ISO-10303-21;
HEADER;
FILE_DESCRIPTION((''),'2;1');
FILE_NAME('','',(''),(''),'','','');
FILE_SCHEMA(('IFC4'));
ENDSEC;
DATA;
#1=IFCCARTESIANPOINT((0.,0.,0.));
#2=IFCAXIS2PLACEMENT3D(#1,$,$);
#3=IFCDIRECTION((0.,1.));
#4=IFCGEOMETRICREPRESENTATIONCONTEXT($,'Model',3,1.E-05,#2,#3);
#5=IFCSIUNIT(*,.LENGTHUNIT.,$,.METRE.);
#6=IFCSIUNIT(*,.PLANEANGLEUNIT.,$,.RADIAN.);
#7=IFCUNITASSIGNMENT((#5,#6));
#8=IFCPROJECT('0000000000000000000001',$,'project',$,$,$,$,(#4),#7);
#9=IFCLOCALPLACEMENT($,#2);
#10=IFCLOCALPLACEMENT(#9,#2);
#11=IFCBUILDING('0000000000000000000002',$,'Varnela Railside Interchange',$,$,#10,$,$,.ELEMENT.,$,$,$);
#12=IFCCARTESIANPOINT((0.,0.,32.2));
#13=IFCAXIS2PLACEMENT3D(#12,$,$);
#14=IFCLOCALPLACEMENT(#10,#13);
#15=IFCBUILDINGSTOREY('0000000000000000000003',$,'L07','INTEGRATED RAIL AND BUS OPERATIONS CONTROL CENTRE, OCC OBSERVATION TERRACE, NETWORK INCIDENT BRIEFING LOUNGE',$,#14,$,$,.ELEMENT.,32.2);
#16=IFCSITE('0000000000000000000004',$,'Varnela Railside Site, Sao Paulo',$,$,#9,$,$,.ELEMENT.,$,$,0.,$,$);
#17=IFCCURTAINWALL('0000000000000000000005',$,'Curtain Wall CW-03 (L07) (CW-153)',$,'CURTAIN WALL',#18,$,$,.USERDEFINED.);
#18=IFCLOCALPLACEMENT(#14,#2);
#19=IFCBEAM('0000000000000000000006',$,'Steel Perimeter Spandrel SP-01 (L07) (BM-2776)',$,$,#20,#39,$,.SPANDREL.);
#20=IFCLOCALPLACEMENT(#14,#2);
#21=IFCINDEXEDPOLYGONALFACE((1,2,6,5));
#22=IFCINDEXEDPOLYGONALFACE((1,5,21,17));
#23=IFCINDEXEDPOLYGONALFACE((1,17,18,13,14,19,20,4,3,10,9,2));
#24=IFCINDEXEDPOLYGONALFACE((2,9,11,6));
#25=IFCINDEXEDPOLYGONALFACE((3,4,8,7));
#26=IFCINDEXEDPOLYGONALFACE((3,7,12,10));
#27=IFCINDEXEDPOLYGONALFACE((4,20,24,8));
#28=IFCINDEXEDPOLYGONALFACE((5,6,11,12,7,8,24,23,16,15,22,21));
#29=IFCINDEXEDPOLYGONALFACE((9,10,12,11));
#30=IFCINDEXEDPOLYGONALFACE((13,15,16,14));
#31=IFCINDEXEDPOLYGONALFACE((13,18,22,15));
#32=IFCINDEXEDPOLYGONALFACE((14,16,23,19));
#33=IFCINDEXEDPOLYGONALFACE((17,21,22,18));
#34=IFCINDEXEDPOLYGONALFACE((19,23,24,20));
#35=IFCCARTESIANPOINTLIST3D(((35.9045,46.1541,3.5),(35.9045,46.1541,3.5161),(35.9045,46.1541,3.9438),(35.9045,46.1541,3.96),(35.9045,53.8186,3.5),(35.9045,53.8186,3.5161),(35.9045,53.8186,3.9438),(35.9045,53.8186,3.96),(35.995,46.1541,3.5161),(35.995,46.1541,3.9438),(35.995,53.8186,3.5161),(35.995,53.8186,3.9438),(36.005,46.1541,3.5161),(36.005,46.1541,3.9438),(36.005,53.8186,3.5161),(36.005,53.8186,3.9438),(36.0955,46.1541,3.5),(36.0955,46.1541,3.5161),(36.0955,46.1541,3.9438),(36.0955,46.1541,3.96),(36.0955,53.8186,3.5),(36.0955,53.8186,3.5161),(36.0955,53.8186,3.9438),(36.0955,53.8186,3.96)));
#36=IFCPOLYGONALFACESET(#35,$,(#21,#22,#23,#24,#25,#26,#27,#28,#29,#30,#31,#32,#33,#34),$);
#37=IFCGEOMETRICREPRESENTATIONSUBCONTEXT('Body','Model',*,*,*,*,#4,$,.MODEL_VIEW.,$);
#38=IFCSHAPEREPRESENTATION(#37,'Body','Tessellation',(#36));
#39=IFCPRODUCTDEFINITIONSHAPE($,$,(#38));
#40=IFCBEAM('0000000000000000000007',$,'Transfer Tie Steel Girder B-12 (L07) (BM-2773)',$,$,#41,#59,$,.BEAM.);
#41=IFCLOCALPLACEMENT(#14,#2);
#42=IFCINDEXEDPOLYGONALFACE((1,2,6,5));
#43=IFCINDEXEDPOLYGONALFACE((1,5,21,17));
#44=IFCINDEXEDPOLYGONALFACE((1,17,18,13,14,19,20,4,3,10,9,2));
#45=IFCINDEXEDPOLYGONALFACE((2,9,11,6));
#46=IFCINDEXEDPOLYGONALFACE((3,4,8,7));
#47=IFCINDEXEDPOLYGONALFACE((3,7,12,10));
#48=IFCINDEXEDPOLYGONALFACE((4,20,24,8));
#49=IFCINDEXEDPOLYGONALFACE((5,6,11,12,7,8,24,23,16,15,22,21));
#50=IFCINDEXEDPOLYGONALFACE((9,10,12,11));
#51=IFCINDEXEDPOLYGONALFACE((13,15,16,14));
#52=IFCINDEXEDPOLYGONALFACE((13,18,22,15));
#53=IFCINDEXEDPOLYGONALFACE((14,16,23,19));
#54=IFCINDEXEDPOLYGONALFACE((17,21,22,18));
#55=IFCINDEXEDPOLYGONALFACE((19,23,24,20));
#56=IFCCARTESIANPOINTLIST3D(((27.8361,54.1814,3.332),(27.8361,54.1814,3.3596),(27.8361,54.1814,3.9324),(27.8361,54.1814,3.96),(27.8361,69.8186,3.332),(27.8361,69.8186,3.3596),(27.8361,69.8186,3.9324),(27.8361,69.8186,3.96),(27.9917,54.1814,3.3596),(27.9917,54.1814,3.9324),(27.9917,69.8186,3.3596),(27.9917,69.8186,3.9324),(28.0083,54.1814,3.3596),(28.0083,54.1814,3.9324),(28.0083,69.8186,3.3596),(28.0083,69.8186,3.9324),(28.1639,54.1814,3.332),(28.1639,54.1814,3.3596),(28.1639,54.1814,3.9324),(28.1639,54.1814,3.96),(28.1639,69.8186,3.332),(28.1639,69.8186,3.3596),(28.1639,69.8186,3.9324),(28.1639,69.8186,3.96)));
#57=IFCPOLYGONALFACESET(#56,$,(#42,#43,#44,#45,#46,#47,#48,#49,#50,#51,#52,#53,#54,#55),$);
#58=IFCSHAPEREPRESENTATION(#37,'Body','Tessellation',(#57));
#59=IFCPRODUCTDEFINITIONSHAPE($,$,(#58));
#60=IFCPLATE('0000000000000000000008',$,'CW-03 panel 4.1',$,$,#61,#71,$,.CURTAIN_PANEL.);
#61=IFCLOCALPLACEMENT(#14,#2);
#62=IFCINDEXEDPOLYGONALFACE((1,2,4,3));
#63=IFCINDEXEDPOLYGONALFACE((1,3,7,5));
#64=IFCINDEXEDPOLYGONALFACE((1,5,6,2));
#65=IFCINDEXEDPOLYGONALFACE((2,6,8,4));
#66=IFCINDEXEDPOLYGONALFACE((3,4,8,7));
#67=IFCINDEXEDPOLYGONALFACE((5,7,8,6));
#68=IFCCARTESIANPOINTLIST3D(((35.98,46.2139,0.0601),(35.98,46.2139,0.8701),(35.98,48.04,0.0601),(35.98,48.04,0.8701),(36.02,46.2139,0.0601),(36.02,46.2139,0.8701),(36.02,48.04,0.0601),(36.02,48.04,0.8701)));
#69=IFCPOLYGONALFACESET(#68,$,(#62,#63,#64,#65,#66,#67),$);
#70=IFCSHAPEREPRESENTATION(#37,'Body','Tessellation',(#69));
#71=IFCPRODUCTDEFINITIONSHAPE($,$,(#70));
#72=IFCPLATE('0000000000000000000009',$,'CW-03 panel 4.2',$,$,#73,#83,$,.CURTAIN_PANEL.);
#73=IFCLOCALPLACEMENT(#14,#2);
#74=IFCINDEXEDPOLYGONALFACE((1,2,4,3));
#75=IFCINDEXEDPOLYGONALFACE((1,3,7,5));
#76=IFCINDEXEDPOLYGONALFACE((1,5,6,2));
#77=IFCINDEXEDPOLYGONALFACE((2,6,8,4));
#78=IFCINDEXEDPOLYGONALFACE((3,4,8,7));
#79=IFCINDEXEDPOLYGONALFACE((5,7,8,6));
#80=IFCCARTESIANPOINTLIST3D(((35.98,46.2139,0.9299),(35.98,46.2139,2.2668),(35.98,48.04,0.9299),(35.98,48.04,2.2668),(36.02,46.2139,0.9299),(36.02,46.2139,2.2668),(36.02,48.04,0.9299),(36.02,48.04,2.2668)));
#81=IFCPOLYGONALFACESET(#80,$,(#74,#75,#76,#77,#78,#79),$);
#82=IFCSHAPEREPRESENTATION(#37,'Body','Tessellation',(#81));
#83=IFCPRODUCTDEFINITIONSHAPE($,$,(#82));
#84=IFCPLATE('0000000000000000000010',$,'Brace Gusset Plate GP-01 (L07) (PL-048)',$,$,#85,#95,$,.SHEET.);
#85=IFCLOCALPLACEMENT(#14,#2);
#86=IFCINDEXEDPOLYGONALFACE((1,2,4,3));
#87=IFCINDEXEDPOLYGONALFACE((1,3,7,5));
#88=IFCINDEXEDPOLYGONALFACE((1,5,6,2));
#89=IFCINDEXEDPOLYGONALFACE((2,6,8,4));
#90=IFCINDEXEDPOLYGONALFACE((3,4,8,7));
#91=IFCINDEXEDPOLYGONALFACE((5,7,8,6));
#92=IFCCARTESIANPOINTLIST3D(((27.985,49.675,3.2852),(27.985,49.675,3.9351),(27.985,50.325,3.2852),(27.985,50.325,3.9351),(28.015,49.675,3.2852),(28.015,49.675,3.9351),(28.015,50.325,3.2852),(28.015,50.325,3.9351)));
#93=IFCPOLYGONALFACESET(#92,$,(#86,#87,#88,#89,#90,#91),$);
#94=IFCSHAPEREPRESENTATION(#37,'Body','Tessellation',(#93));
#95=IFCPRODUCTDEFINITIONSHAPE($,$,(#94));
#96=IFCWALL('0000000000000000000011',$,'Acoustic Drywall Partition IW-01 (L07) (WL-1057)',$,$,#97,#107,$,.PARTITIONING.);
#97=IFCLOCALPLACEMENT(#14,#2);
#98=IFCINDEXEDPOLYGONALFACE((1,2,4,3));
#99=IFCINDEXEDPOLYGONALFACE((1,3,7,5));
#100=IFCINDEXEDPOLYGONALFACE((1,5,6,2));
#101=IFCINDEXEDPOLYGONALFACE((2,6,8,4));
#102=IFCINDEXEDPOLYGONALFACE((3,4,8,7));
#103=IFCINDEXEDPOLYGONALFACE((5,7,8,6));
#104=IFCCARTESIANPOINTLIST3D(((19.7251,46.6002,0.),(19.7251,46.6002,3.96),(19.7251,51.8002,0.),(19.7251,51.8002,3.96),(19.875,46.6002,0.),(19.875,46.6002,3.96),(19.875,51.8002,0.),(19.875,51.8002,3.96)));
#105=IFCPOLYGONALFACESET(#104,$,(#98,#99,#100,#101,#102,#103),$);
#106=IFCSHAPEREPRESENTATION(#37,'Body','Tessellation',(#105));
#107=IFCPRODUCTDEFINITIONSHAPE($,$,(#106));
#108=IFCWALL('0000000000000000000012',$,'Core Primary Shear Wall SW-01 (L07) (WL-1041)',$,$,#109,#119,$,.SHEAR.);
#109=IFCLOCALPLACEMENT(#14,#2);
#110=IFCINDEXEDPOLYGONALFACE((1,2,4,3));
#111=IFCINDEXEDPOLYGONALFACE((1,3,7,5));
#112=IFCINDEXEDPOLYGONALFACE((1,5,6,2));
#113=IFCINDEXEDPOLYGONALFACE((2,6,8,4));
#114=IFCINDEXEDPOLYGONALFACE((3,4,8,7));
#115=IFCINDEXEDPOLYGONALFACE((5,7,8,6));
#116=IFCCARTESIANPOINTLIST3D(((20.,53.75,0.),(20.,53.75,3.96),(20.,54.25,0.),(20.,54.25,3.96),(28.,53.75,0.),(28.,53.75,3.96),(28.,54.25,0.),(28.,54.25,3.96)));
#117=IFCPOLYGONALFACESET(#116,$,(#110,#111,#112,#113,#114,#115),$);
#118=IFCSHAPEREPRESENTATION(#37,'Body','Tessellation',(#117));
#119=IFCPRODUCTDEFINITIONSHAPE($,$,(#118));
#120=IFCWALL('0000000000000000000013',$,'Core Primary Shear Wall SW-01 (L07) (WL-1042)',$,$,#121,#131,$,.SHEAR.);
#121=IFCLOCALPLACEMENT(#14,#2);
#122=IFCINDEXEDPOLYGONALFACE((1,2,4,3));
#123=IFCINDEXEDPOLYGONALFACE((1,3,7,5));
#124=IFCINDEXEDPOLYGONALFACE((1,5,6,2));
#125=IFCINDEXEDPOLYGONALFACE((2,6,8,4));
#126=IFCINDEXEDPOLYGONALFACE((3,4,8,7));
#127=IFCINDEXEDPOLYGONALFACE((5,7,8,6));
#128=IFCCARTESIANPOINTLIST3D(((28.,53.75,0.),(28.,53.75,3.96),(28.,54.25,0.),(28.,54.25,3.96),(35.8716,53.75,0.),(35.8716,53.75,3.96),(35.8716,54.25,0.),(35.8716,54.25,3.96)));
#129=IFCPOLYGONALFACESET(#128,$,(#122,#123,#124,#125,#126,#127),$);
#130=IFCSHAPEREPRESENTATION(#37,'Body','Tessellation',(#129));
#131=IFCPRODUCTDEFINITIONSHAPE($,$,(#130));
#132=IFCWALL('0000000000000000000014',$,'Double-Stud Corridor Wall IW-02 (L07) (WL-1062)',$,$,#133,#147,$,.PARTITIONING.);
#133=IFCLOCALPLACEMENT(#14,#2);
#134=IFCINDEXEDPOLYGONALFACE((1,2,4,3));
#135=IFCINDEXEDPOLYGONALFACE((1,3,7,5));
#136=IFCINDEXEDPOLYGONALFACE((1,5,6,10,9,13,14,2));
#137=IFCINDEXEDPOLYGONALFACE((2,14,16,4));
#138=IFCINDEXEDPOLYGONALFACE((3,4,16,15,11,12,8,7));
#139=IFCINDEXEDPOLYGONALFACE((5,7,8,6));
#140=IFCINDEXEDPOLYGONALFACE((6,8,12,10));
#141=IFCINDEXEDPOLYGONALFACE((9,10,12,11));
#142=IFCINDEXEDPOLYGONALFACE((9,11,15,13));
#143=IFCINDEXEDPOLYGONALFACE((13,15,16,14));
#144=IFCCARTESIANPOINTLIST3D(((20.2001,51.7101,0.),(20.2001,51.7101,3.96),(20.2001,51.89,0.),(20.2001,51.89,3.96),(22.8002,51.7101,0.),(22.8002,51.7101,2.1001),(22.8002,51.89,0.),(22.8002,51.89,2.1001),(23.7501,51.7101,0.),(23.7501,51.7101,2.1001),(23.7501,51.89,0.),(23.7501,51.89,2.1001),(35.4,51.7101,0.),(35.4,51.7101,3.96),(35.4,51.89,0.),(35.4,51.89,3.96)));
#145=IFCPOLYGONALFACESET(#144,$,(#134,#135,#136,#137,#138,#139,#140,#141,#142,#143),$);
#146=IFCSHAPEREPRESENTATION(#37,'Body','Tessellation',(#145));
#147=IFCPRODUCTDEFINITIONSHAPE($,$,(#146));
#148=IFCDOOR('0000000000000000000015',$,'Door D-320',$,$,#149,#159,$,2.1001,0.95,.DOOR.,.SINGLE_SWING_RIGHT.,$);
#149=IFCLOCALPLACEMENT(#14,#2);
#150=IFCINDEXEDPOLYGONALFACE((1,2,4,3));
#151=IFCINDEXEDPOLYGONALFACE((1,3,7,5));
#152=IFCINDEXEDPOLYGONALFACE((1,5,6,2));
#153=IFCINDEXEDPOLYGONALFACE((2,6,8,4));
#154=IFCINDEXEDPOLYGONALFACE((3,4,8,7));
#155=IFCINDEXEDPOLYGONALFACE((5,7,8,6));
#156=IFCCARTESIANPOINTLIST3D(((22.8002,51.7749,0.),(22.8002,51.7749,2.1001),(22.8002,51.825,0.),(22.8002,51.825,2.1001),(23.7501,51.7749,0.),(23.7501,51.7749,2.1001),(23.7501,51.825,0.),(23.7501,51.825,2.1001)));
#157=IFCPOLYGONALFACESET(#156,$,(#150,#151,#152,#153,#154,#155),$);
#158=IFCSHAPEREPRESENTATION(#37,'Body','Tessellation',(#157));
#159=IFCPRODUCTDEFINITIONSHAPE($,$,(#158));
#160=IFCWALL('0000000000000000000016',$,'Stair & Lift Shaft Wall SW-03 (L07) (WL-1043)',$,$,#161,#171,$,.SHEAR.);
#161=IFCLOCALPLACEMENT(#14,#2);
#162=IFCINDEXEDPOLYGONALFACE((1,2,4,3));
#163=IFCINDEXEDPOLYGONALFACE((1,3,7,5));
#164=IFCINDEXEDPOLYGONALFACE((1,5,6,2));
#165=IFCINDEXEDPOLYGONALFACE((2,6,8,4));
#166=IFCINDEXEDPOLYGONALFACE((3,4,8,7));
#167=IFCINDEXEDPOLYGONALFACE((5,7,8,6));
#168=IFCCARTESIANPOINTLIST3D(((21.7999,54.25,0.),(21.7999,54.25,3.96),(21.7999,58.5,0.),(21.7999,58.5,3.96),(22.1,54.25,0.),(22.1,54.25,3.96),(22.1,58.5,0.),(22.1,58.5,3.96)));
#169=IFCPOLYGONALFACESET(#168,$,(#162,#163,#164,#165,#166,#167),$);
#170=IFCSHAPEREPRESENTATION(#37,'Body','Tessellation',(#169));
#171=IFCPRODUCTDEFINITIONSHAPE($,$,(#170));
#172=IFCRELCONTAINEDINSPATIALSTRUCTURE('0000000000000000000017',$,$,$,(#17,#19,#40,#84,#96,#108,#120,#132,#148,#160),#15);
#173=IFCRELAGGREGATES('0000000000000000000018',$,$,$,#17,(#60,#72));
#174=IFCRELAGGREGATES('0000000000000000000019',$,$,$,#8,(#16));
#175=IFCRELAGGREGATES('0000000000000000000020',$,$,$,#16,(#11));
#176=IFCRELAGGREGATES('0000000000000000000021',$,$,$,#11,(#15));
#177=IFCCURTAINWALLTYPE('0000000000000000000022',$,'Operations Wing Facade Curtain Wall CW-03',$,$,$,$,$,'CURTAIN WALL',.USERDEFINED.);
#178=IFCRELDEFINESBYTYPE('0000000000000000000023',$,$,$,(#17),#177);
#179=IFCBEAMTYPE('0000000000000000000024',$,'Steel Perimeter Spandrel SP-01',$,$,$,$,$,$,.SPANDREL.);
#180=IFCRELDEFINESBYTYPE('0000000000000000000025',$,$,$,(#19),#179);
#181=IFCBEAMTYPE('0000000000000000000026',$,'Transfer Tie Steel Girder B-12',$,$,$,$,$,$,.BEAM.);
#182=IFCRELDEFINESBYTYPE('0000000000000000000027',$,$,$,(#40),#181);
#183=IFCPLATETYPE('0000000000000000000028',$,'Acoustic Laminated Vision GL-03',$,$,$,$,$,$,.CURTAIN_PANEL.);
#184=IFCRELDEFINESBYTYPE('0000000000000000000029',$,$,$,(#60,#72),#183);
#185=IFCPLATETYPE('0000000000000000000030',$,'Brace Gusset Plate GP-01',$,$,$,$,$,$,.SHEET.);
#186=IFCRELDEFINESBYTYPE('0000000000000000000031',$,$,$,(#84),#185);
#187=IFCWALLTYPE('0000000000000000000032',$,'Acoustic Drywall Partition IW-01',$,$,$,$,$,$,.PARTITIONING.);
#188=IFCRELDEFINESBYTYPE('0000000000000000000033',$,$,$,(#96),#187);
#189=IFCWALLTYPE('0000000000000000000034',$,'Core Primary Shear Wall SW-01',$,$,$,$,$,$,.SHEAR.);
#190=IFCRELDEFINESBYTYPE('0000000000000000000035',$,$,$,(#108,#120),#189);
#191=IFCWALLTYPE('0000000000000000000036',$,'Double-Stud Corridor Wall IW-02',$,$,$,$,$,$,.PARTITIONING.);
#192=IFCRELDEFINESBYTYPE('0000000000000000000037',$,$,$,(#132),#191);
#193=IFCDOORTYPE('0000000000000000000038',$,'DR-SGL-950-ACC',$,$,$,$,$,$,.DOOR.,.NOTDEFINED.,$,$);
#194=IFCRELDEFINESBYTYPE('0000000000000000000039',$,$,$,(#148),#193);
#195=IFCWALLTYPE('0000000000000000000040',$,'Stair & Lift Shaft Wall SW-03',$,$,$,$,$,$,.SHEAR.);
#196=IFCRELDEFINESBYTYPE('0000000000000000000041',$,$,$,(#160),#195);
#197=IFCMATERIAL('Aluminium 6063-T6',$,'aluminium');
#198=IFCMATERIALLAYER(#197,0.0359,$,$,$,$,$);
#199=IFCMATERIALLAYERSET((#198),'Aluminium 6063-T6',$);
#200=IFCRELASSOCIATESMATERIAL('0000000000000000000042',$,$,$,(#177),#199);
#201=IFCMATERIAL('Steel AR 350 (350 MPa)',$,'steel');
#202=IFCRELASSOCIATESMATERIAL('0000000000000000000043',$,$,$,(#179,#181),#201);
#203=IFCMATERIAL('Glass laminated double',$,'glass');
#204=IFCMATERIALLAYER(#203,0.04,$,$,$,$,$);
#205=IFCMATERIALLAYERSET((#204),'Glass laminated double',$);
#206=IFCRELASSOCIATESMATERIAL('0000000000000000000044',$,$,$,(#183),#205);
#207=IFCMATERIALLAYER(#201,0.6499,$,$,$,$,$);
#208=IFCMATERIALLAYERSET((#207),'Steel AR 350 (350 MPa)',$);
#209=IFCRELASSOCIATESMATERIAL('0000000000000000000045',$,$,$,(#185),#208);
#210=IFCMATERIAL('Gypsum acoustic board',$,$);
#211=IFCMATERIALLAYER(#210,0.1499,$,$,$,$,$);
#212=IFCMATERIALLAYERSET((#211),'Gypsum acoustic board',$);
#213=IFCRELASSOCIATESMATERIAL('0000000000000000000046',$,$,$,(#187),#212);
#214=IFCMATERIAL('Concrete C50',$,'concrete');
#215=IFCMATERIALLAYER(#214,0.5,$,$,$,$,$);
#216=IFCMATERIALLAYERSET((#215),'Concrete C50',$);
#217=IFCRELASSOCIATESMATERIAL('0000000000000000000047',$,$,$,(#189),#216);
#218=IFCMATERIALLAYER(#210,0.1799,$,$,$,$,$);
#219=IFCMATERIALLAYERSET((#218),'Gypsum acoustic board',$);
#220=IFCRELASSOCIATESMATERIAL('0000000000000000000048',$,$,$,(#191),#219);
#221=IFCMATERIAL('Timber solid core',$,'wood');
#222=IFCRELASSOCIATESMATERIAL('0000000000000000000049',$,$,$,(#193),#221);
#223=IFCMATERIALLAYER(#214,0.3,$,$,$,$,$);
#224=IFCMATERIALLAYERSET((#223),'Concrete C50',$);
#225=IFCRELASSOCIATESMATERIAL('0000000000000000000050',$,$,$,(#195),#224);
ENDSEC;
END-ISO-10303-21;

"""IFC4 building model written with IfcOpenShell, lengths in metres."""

from ifc_helpers import new_model, si_unit, direction, frame, frame_2d, origin, origin_2d, place, context, subcontext, project, spatial, rectangle, i_section, extrude, material, layer, layer_set, material_profile, profile_set, type_object, element, fill, aggregate, save


model = new_model("IFC4")

# Units and contexts
model_context = context("Model", 3, precision=1e-05, world=origin(), true_north=direction((0.0, 1.0)))
body_context = subcontext(model_context, "Body", "Model", "MODEL_VIEW")
ifc_project = project(units=[si_unit("LENGTHUNIT", "METRE"), si_unit("PLANEANGLEUNIT", "RADIAN")], contexts=[model_context])

# Site, building, storey
site_placement = place(None, origin())
site = spatial("IfcSite", under=ifc_project, at=site_placement, Name="Varnela Railside Site, Sao Paulo", CompositionType="ELEMENT", RefElevation=0.0)
building_placement = place(site_placement, origin())
building = spatial("IfcBuilding", under=site, at=building_placement, Name="Varnela Railside Interchange", CompositionType="ELEMENT")
storey_placement = place(building_placement, frame((0.0, 0.0, 32.2)))
storey = spatial("IfcBuildingStorey", under=building, at=storey_placement, Name="L07", Description="INTEGRATED RAIL AND BUS OPERATIONS CONTROL CENTRE, OCC OBSERVATION TERRACE, NETWORK INCIDENT BRIEFING LOUNGE", CompositionType="ELEMENT", Elevation=32.2)

# Shared definitions
ifc_material_1 = material(Name="Steel AR 350 (350 MPa)", Category="steel")

# Curtain wall
ifc_material_2 = material(Name="Aluminium 6063-T6", Category="aluminium")
ifc_layer_1 = layer(ifc_material_2, 0.0359)
ifc_layer_set_1 = layer_set([ifc_layer_1], Name="Aluminium 6063-T6")
curtain_wall_type = type_object("IfcCurtainWallType", Name="Operations Wing Facade Curtain Wall CW-03", ElementType="CURTAIN WALL", PredefinedType="USERDEFINED", material=ifc_layer_set_1)
curtain_wall_placement = place(storey_placement, origin())
curtain_wall = element("IfcCurtainWall", 1, at=curtain_wall_placement, inside=storey, type_object=curtain_wall_type, Name="Curtain Wall CW-03 (L07) (CW-153)", ObjectType="CURTAIN WALL", PredefinedType="USERDEFINED")

# Beams
ifc_material_profile_1 = material_profile(ifc_material_1, i_section(OverallWidth=0.1909, OverallDepth=0.46, WebThickness=0.01, FlangeThickness=0.0161, at=origin_2d()), Name="W460x82")
ifc_profile_set_1 = profile_set([ifc_material_profile_1], Name="Steel AR 350 (350 MPa)")
beam_type_1 = type_object("IfcBeamType", Name="Steel Perimeter Spandrel SP-01", PredefinedType="SPANDREL", material=ifc_profile_set_1)
for number, where, z_axis, x_axis, name in (
    (2, (36.0, 46.1541, 3.73), (0.0, 1.0, 0.0), (-1.0, 0.0, 0.0), "Steel Perimeter Spandrel SP-01 (L07) (BM-2776)"),
):
    element("IfcBeam", number, at=place(storey_placement, frame(where, z_axis=z_axis, x_axis=x_axis)), inside=storey, type_object=beam_type_1, Name=name, PredefinedType="SPANDREL", context=body_context, shape_type="SweptSolid", body=[
        extrude(i_section(OverallWidth=0.1909, OverallDepth=0.46, WebThickness=0.01, FlangeThickness=0.0161, at=origin_2d()), origin(), (0.0, 0.0, 1.0), 7.6646),
    ])
ifc_material_profile_2 = material_profile(ifc_material_1, i_section(OverallWidth=0.3279, OverallDepth=0.6279, WebThickness=0.0166, FlangeThickness=0.0276, at=origin_2d()), Name="W610x217")
ifc_profile_set_2 = profile_set([ifc_material_profile_2], Name="Steel AR 350 (350 MPa)")
beam_type_2 = type_object("IfcBeamType", Name="Transfer Tie Steel Girder B-12", PredefinedType="BEAM", material=ifc_profile_set_2)
beam_1_placement = place(storey_placement, frame((28.0, 54.1814, 3.646), z_axis=(0.0, 1.0, 0.0), x_axis=(-1.0, 0.0, 0.0)))
element("IfcBeam", 3, at=beam_1_placement, inside=storey, type_object=beam_type_2, Name="Transfer Tie Steel Girder B-12 (L07) (BM-2773)", PredefinedType="BEAM", context=body_context, shape_type="SweptSolid", body=[
    extrude(i_section(OverallWidth=0.3279, OverallDepth=0.6279, WebThickness=0.0166, FlangeThickness=0.0276, at=origin_2d()), origin(), (0.0, 0.0, 1.0), 15.6372),
])

# Plates
ifc_material_3 = material(Name="Glass laminated double", Category="glass")
ifc_layer_2 = layer(ifc_material_3, 0.04)
ifc_layer_set_2 = layer_set([ifc_layer_2], Name="Glass laminated double")
plate_type_1 = type_object("IfcPlateType", Name="Acoustic Laminated Vision GL-03", PredefinedType="CURTAIN_PANEL", material=ifc_layer_set_2)
plate_1_placement = place(storey_placement, frame((36.0, 47.127, 0.0601), z_axis=(0.0, 0.0, 1.0), x_axis=(0.0, -1.0, 0.0)))
plate_1 = element("IfcPlate", 4, at=plate_1_placement, type_object=plate_type_1, Name="CW-03 panel 4.1", PredefinedType="CURTAIN_PANEL", context=body_context, shape_type="SweptSolid", body=[
    extrude(rectangle(XDim=1.8262, YDim=0.04, at=origin_2d()), origin(), (0.0, 0.0, 1.0), 0.8101),
])
plate_2_placement = place(storey_placement, frame((36.0, 47.127, 0.9299), z_axis=(0.0, 0.0, 1.0), x_axis=(0.0, -1.0, 0.0)))
plate_2 = element("IfcPlate", 5, at=plate_2_placement, type_object=plate_type_1, Name="CW-03 panel 4.2", PredefinedType="CURTAIN_PANEL", context=body_context, shape_type="SweptSolid", body=[
    extrude(rectangle(XDim=1.8262, YDim=0.04, at=origin_2d()), origin(), (0.0, 0.0, 1.0), 1.3369),
])
aggregate(curtain_wall, [plate_1, plate_2])
ifc_layer_3 = layer(ifc_material_1, 0.6499)
ifc_layer_set_3 = layer_set([ifc_layer_3], Name="Steel AR 350 (350 MPa)")
plate_type_2 = type_object("IfcPlateType", Name="Brace Gusset Plate GP-01", PredefinedType="SHEET", material=ifc_layer_set_3)
plate_3_placement = place(storey_placement, frame((28.0, 50.0, 3.2852), z_axis=(0.0, 0.0, 1.0), x_axis=(0.0, 1.0, 0.0)))
element("IfcPlate", 6, at=plate_3_placement, inside=storey, type_object=plate_type_2, Name="Brace Gusset Plate GP-01 (L07) (PL-048)", PredefinedType="SHEET", context=body_context, shape_type="SweptSolid", body=[
    extrude(rectangle(XDim=0.6499, YDim=0.03, at=origin_2d()), origin(), (0.0, 0.0, 1.0), 0.6499),
])

# Walls
ifc_material_4 = material(Name="Gypsum acoustic board")
ifc_layer_4 = layer(ifc_material_4, 0.1499)
ifc_layer_set_4 = layer_set([ifc_layer_4], Name="Gypsum acoustic board")
wall_type_1 = type_object("IfcWallType", Name="Acoustic Drywall Partition IW-01", PredefinedType="PARTITIONING", material=ifc_layer_set_4)
wall_1_placement = place(storey_placement, frame((19.8, 46.6001, 0.0), z_axis=(0.0, 0.0, 1.0), x_axis=(0.0, 1.0, 0.0)))
element("IfcWall", 7, at=wall_1_placement, inside=storey, type_object=wall_type_1, Name="Acoustic Drywall Partition IW-01 (L07) (WL-1057)", PredefinedType="PARTITIONING", context=body_context, shape_type="SweptSolid", body=[
    extrude(rectangle(XDim=5.2, YDim=0.1499, at=frame_2d((2.6001, 0.0))), origin(), (0.0, 0.0, 1.0), 3.96),
])
ifc_material_5 = material(Name="Concrete C50", Category="concrete")
ifc_layer_5 = layer(ifc_material_5, 0.5)
ifc_layer_set_5 = layer_set([ifc_layer_5], Name="Concrete C50")
wall_type_2 = type_object("IfcWallType", Name="Core Primary Shear Wall SW-01", PredefinedType="SHEAR", material=ifc_layer_set_5)
wall_2_placement = place(storey_placement, frame((20.0, 54.0, 0.0), z_axis=(0.0, 0.0, 1.0), x_axis=(1.0, 0.0, 0.0)))
element("IfcWall", 8, at=wall_2_placement, inside=storey, type_object=wall_type_2, Name="Core Primary Shear Wall SW-01 (L07) (WL-1041)", PredefinedType="SHEAR", context=body_context, shape_type="SweptSolid", body=[
    extrude(rectangle(XDim=8.0, YDim=0.5, at=frame_2d((4.0, 0.0))), origin(), (0.0, 0.0, 1.0), 3.96),
])
wall_3_placement = place(storey_placement, frame((28.0, 54.0, 0.0), z_axis=(0.0, 0.0, 1.0), x_axis=(1.0, 0.0, 0.0)))
element("IfcWall", 9, at=wall_3_placement, inside=storey, type_object=wall_type_2, Name="Core Primary Shear Wall SW-01 (L07) (WL-1042)", PredefinedType="SHEAR", context=body_context, shape_type="SweptSolid", body=[
    extrude(rectangle(XDim=7.8716, YDim=0.5, at=frame_2d((3.9358, 0.0))), origin(), (0.0, 0.0, 1.0), 3.96),
])

# Wall, opening, door
ifc_layer_6 = layer(ifc_material_4, 0.1799)
ifc_layer_set_6 = layer_set([ifc_layer_6], Name="Gypsum acoustic board")
wall_type_3 = type_object("IfcWallType", Name="Double-Stud Corridor Wall IW-02", PredefinedType="PARTITIONING", material=ifc_layer_set_6)
wall_4_placement = place(storey_placement, frame((20.2, 51.8, 0.0), z_axis=(0.0, 0.0, 1.0), x_axis=(1.0, 0.0, 0.0)))
wall_4 = element("IfcWall", 10, at=wall_4_placement, inside=storey, type_object=wall_type_3, Name="Double-Stud Corridor Wall IW-02 (L07) (WL-1062)", PredefinedType="PARTITIONING", context=body_context, shape_type="SweptSolid", body=[
    extrude(rectangle(XDim=15.2, YDim=0.1799, at=frame_2d((7.6001, 0.0))), origin(), (0.0, 0.0, 1.0), 3.96),
])
opening_1_placement = place(wall_4_placement, frame((2.6001, 0.0, 0.0)))
opening_1 = element("IfcOpeningElement", 11, at=opening_1_placement, cuts=wall_4, PredefinedType="OPENING", context=body_context, shape_type="SweptSolid", body=[
    extrude(rectangle(XDim=0.95, YDim=2.1001, at=frame_2d((0.4751, 1.05))), frame((0.0, 0.0999, 0.0), z_axis=(0.0, -1.0, 0.0), x_axis=(1.0, 0.0, 0.0)), (0.0, 0.0, 1.0), 0.2),
])
ifc_material_6 = material(Name="Timber solid core", Category="wood")
door_type_1 = type_object("IfcDoorType", Name="DR-SGL-950-ACC", OperationType="NOTDEFINED", PredefinedType="DOOR", material=ifc_material_6)
door_1_placement = place(opening_1_placement, origin())
door_1 = element("IfcDoor", 12, at=door_1_placement, inside=storey, type_object=door_type_1, Name="Door D-320", OperationType="SINGLE_SWING_RIGHT", OverallHeight=2.1001, OverallWidth=0.95, PredefinedType="DOOR", context=body_context, shape_type="SweptSolid", body=[
    extrude(rectangle(XDim=0.95, YDim=2.1001, at=frame_2d((0.4751, 1.05))), frame((0.0, 0.0249, 0.0), z_axis=(0.0, -1.0, 0.0), x_axis=(1.0, 0.0, 0.0)), (0.0, 0.0, 1.0), 0.05),
])
fill(opening_1, door_1)

# Wall
ifc_layer_7 = layer(ifc_material_5, 0.3)
ifc_layer_set_7 = layer_set([ifc_layer_7], Name="Concrete C50")
wall_type_4 = type_object("IfcWallType", Name="Stair & Lift Shaft Wall SW-03", PredefinedType="SHEAR", material=ifc_layer_set_7)
wall_5_placement = place(storey_placement, frame((21.95, 54.25, 0.0), z_axis=(0.0, 0.0, 1.0), x_axis=(0.0, 1.0, 0.0)))
element("IfcWall", 13, at=wall_5_placement, inside=storey, type_object=wall_type_4, Name="Stair & Lift Shaft Wall SW-03 (L07) (WL-1043)", PredefinedType="SHEAR", context=body_context, shape_type="SweptSolid", body=[
    extrude(rectangle(XDim=4.25, YDim=0.3, at=frame_2d((2.125, 0.0))), origin(), (0.0, 0.0, 1.0), 3.96),
])

save(model, "model.ifc")
